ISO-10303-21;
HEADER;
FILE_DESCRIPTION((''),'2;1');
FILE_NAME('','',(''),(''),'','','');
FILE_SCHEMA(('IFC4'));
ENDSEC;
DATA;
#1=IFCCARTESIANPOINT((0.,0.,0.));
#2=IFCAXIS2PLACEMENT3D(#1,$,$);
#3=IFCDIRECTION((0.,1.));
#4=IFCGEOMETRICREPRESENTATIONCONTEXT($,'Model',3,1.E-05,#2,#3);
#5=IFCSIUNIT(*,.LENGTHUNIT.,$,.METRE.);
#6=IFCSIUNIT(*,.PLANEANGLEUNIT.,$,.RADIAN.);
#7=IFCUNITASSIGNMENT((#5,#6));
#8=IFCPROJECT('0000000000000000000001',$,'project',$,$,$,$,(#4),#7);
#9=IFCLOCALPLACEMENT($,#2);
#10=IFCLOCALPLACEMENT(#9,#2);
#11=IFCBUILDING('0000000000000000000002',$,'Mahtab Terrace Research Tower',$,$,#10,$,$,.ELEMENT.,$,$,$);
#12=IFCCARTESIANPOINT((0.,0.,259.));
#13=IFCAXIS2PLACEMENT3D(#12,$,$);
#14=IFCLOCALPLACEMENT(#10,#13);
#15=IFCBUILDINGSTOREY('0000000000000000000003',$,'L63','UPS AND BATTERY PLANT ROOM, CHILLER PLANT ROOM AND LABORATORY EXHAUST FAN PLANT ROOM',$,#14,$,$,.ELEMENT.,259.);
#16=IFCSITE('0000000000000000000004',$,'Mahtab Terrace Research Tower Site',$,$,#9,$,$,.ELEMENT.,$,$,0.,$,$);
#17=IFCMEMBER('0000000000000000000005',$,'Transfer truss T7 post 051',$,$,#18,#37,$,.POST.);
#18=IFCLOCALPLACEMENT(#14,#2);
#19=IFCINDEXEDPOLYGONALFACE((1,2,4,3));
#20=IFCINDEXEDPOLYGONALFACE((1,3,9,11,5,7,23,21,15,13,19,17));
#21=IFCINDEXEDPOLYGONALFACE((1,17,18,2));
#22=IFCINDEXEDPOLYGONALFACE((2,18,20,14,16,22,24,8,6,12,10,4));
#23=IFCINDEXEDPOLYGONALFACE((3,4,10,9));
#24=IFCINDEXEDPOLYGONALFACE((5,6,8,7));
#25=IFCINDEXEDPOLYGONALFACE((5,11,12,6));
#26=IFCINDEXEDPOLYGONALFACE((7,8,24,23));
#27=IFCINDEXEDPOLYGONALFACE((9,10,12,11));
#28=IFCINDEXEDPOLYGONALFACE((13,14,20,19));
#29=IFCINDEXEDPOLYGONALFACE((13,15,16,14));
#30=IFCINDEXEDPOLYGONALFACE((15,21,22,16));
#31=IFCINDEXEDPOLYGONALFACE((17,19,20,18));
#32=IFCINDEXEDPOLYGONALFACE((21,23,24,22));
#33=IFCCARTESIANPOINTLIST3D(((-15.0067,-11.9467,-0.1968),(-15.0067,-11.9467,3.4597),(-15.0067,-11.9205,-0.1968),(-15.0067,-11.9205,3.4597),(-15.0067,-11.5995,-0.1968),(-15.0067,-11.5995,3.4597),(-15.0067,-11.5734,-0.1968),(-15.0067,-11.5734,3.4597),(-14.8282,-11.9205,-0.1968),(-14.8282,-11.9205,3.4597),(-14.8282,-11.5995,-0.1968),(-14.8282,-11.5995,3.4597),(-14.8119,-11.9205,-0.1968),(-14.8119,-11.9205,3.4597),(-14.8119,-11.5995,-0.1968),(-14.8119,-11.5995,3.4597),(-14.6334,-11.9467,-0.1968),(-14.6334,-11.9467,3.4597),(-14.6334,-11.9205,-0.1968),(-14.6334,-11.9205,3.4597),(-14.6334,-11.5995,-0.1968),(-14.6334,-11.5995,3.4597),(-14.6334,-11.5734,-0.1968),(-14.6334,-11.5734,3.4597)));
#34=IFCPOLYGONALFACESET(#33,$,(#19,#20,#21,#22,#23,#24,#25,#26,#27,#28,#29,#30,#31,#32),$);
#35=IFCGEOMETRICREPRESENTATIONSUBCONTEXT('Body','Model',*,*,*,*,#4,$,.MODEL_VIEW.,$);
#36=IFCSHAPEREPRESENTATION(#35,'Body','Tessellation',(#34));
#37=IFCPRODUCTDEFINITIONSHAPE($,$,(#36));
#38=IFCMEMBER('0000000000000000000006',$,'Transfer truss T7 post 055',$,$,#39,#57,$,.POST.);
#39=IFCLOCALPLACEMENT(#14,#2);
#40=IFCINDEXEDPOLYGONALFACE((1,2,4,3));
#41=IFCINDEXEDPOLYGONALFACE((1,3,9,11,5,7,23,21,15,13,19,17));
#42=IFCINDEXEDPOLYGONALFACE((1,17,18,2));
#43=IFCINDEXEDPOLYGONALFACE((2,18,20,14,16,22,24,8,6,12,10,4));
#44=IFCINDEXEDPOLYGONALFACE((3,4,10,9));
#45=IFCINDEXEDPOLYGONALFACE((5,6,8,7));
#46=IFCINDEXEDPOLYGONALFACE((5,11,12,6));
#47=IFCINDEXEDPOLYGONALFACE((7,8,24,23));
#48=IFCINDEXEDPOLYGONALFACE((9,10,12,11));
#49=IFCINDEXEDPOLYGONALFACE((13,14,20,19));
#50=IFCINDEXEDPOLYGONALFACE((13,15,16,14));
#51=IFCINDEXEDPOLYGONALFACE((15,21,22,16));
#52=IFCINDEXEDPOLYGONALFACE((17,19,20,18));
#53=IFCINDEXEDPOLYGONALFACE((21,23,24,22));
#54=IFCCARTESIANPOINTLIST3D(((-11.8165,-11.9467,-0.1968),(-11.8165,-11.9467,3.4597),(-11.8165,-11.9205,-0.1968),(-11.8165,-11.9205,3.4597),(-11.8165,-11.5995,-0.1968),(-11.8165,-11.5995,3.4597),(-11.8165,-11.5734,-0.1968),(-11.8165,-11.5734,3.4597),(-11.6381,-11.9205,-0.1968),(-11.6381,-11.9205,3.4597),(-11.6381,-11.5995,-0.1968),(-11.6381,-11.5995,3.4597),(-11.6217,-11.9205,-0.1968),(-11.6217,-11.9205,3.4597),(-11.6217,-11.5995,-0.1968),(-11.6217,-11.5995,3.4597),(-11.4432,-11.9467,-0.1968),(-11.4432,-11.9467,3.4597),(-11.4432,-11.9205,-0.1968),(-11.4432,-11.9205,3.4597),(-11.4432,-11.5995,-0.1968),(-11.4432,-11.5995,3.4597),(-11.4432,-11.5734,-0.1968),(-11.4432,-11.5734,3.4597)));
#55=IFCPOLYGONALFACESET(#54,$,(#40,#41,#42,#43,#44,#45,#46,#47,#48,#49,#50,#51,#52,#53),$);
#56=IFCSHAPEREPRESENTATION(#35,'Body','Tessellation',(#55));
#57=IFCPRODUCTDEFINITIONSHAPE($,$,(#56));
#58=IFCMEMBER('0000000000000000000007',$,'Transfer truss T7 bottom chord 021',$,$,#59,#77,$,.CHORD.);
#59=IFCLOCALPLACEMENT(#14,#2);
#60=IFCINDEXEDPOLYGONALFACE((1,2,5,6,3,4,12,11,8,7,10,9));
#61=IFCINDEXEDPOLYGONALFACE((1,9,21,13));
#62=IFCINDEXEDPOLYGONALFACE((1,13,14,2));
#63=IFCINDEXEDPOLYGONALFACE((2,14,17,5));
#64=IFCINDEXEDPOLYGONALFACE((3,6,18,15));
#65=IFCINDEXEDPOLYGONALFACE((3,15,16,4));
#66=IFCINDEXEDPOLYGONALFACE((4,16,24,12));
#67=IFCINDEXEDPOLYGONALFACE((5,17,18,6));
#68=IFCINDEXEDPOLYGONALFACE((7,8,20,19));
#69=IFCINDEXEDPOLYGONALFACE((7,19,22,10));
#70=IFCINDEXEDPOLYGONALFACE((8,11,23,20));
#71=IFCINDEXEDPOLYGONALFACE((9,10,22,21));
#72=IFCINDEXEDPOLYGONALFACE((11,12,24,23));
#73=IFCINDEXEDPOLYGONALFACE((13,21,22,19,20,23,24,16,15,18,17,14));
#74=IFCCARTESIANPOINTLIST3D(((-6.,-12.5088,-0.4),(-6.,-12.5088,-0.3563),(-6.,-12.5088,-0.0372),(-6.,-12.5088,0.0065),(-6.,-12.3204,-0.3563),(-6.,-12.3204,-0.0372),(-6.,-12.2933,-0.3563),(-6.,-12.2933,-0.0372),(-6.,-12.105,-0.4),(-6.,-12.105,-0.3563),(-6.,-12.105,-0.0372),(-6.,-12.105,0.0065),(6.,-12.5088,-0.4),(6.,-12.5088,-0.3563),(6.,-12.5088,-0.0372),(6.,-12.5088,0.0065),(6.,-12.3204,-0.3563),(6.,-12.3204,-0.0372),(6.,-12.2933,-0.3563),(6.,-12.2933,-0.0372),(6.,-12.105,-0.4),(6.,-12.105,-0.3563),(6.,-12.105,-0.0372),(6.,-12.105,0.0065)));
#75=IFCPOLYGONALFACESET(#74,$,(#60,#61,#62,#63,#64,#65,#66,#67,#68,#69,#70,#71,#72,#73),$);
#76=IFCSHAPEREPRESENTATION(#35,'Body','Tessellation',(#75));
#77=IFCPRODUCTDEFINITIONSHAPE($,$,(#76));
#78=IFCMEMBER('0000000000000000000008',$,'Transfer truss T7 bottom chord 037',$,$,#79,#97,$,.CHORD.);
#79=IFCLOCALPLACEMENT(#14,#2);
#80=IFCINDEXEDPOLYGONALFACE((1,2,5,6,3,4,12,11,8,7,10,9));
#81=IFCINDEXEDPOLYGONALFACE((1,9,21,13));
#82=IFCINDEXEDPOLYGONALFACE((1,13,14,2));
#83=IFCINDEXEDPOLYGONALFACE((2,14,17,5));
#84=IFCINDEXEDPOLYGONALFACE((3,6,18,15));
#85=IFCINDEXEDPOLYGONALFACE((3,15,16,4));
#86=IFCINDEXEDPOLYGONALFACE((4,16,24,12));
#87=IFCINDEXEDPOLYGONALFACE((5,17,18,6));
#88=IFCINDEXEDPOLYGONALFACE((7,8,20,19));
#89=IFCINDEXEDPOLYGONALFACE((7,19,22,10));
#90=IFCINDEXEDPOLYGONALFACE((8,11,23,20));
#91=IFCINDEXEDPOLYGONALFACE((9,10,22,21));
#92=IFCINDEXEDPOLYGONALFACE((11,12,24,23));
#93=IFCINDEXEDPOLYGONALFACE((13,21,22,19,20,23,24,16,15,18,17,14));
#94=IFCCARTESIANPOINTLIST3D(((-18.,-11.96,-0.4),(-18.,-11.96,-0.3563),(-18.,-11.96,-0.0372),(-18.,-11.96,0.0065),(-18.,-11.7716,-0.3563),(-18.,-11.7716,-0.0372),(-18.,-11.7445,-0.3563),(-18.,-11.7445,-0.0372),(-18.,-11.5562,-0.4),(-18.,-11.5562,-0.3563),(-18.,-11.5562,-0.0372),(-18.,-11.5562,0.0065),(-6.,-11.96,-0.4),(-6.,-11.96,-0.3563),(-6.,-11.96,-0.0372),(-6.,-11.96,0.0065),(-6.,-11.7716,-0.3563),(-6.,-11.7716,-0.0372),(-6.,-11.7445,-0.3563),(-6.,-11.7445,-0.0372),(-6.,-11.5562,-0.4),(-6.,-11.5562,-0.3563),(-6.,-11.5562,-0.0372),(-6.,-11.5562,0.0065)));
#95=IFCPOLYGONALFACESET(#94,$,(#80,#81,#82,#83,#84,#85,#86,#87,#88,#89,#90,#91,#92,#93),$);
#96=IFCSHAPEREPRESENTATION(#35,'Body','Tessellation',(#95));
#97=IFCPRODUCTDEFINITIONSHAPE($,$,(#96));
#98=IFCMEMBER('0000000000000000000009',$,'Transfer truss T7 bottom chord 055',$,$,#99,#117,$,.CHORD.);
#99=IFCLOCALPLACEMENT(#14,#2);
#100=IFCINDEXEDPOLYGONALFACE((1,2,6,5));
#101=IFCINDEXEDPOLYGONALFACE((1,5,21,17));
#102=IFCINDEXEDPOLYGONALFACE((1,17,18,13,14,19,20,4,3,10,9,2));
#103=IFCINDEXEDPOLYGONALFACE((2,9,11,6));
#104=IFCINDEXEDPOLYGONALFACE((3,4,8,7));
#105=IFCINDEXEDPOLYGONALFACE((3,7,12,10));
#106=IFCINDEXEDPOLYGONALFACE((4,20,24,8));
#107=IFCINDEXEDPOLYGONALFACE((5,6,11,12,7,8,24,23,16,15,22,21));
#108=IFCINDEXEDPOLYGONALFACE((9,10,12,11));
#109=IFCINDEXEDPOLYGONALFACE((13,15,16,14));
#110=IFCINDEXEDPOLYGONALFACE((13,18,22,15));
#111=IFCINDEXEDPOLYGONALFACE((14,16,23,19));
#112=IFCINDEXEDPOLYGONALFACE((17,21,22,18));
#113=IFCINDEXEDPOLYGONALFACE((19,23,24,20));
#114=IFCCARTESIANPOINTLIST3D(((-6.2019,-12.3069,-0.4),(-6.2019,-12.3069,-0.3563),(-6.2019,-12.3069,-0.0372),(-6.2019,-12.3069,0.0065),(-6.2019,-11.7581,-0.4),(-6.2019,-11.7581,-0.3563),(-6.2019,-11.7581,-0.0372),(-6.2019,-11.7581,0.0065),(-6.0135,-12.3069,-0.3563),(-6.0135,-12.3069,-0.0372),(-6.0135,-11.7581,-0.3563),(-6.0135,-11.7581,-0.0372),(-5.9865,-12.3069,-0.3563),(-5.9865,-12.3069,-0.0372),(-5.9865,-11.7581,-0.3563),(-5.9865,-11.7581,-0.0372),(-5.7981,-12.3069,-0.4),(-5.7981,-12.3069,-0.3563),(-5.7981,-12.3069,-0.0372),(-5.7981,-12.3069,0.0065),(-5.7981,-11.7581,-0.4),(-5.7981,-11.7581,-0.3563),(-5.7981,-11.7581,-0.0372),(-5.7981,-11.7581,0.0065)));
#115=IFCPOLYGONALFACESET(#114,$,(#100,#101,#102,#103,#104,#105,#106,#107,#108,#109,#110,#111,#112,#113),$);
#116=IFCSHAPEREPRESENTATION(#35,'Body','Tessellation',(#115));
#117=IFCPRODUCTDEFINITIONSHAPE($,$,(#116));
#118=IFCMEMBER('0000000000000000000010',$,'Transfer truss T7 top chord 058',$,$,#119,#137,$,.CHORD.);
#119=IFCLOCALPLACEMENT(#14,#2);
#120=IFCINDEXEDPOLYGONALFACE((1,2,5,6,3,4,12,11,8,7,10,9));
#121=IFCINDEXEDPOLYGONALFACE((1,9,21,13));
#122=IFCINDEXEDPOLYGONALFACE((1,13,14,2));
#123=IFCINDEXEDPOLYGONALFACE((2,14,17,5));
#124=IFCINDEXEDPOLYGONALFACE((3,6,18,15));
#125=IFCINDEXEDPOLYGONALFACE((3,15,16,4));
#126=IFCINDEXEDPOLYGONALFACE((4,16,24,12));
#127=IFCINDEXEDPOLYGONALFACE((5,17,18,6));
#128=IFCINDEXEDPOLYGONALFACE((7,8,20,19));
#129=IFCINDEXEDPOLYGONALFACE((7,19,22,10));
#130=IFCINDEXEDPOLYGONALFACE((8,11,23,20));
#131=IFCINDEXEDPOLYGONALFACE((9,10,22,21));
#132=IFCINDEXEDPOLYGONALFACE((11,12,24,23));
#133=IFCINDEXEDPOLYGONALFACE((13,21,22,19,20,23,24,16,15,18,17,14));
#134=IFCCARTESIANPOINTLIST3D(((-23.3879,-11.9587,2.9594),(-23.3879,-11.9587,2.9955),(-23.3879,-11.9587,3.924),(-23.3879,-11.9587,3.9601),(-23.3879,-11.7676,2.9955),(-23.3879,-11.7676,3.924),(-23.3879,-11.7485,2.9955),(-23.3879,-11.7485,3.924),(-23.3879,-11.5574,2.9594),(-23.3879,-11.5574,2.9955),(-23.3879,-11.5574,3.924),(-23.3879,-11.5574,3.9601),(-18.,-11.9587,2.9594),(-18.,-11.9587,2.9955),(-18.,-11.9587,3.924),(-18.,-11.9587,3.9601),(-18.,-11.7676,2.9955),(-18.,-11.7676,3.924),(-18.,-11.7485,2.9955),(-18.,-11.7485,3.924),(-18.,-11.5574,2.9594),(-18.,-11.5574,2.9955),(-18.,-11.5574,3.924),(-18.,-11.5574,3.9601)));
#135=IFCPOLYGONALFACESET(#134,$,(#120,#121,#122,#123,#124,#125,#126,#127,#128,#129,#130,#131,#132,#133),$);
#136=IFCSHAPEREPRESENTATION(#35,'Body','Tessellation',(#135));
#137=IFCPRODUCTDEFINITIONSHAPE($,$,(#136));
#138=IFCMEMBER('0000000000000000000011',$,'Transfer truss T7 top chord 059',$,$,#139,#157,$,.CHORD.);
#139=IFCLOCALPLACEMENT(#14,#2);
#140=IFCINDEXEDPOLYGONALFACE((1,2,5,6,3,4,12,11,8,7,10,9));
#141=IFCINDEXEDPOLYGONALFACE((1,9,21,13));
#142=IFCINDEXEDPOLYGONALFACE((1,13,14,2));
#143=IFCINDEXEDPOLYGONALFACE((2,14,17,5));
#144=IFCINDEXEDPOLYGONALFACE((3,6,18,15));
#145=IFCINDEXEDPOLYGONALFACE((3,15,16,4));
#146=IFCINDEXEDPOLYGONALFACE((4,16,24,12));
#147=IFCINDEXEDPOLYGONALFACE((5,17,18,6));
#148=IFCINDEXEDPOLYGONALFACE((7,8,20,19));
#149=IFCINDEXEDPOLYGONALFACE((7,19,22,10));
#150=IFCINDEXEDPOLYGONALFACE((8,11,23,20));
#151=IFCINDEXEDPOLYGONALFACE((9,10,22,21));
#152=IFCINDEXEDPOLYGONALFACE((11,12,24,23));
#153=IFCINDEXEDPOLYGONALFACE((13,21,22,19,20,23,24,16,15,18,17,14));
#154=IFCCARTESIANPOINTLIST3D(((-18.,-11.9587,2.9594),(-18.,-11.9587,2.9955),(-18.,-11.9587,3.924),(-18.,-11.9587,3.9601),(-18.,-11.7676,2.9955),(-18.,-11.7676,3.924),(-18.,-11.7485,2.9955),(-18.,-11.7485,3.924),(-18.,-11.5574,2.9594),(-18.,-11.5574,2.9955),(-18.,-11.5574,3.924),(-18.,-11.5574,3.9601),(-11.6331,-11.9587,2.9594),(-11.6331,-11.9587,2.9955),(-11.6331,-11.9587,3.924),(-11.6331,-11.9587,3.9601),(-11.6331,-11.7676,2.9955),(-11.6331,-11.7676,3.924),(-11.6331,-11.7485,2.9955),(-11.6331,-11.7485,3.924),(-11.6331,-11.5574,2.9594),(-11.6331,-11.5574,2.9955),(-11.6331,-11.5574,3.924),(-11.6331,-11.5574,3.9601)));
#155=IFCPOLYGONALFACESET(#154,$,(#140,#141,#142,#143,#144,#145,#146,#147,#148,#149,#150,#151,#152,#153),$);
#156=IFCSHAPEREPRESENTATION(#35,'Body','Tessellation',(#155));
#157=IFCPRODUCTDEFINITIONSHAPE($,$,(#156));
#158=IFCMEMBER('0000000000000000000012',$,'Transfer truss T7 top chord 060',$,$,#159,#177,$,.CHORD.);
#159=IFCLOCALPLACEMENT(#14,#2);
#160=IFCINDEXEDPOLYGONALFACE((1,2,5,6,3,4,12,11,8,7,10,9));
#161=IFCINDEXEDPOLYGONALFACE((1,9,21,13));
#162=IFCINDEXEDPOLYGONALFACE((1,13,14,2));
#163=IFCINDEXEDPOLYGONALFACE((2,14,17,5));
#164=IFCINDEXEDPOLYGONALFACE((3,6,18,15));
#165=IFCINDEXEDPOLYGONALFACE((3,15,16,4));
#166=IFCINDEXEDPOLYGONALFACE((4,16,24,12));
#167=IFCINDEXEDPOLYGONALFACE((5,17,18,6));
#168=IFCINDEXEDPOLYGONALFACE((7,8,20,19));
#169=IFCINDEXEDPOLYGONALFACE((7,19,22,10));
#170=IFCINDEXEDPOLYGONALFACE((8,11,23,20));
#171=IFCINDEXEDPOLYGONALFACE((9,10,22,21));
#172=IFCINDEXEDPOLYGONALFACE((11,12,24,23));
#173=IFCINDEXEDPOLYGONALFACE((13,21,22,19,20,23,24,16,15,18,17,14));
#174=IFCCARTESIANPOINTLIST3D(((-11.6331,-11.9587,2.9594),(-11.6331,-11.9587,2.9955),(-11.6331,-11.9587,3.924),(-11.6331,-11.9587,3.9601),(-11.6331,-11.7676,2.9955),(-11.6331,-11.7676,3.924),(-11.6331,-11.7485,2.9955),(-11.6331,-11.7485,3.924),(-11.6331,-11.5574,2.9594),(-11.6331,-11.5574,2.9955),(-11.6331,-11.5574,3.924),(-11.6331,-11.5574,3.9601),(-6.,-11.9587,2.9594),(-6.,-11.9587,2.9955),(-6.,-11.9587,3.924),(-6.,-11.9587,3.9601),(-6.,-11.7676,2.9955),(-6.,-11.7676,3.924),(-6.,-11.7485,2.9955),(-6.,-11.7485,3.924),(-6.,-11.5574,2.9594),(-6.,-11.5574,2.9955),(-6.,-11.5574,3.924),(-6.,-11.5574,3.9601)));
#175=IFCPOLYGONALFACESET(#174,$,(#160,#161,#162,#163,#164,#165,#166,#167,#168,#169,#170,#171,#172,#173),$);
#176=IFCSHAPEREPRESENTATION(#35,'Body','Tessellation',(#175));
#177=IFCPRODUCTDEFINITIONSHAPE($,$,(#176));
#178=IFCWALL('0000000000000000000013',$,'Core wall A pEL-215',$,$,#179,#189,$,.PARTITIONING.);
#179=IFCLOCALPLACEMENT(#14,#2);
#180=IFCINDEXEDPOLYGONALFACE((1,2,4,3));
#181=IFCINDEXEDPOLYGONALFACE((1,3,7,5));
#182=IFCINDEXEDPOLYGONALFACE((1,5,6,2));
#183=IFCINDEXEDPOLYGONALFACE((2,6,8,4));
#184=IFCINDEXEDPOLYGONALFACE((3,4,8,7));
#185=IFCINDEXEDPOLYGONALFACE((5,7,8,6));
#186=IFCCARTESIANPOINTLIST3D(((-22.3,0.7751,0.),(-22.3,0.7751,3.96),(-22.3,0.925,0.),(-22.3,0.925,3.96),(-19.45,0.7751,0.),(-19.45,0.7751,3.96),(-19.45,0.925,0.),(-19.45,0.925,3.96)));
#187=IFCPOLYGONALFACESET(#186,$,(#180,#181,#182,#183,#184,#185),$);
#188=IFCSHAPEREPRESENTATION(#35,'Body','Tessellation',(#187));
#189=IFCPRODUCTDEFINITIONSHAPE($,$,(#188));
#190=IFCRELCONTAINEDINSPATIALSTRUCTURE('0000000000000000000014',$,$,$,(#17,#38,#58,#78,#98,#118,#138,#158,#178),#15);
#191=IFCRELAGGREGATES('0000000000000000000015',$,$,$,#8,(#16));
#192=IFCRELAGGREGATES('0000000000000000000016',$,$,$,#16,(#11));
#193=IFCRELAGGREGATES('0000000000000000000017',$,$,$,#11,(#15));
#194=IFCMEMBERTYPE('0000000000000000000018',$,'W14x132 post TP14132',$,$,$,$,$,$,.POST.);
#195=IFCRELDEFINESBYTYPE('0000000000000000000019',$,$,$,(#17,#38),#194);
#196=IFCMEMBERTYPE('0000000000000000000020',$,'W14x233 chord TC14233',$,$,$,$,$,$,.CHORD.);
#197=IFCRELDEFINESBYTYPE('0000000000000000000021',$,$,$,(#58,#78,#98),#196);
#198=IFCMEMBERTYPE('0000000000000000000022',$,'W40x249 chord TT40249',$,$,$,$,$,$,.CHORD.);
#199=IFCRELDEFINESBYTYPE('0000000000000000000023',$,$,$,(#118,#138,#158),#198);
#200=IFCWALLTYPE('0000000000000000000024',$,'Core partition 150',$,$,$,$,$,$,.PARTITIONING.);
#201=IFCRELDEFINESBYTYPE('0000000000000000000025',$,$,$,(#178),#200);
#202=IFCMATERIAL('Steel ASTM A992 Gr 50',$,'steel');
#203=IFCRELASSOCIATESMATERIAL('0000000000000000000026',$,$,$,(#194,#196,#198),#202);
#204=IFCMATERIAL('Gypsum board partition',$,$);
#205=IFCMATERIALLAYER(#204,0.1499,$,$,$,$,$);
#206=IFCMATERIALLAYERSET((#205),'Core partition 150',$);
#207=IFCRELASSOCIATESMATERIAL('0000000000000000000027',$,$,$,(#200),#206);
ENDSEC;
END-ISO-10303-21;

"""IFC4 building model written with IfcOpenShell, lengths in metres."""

from ifc_helpers import new_model, si_unit, direction, frame, frame_2d, origin, origin_2d, place, context, subcontext, project, spatial, rectangle, i_section, extrude, material, layer, layer_set, material_profile, profile_set, type_object, element, save


model = new_model("IFC4")

# Units and contexts
model_context = context("Model", 3, precision=1e-05, world=origin(), true_north=direction((0.0, 1.0)))
body_context = subcontext(model_context, "Body", "Model", "MODEL_VIEW")
ifc_project = project(units=[si_unit("LENGTHUNIT", "METRE"), si_unit("PLANEANGLEUNIT", "RADIAN")], contexts=[model_context])

# Site, building, storey
site_placement = place(None, origin())
site = spatial("IfcSite", under=ifc_project, at=site_placement, Name="Mahtab Terrace Research Tower Site", CompositionType="ELEMENT", RefElevation=0.0)
building_placement = place(site_placement, origin())
building = spatial("IfcBuilding", under=site, at=building_placement, Name="Mahtab Terrace Research Tower", CompositionType="ELEMENT")
storey_placement = place(building_placement, frame((0.0, 0.0, 259.0)))
storey = spatial("IfcBuildingStorey", under=building, at=storey_placement, Name="L63", Description="UPS AND BATTERY PLANT ROOM, CHILLER PLANT ROOM AND LABORATORY EXHAUST FAN PLANT ROOM", CompositionType="ELEMENT", Elevation=259.0)

# Shared definitions
ifc_material_1 = material(Name="Steel ASTM A992 Gr 50", Category="steel")

# Members
ifc_material_profile_1 = material_profile(ifc_material_1, i_section(OverallWidth=0.3733, OverallDepth=0.3733, WebThickness=0.0164, FlangeThickness=0.0261, at=origin_2d()), Name="W14X132")
ifc_profile_set_1 = profile_set([ifc_material_profile_1], Name="Steel ASTM A992 Gr 50")
member_type_1 = type_object("IfcMemberType", Name="W14x132 post TP14132", PredefinedType="POST", material=ifc_profile_set_1)
for number, where, z_axis, x_axis, name in (
    (1, (-14.8201, -11.76, -0.1968), (0.0, 0.0, 1.0), (1.0, 0.0, 0.0), "Transfer truss T7 post 051"),
    (2, (-11.6299, -11.76, -0.1968), (0.0, 0.0, 1.0), (1.0, 0.0, 0.0), "Transfer truss T7 post 055"),
):
    element("IfcMember", number, at=place(storey_placement, frame(where, z_axis=z_axis, x_axis=x_axis)), inside=storey, type_object=member_type_1, Name=name, PredefinedType="POST", context=body_context, shape_type="SweptSolid", body=[
        extrude(i_section(OverallWidth=0.3733, OverallDepth=0.3733, WebThickness=0.0164, FlangeThickness=0.0261, at=origin_2d()), origin(), (0.0, 0.0, 1.0), 3.6565),
    ])
ifc_material_profile_2 = material_profile(ifc_material_1, i_section(OverallWidth=0.4038, OverallDepth=0.4065, WebThickness=0.0271, FlangeThickness=0.0437, at=origin_2d()), Name="W14X233")
ifc_profile_set_2 = profile_set([ifc_material_profile_2], Name="Steel ASTM A992 Gr 50")
member_type_2 = type_object("IfcMemberType", Name="W14x233 chord TC14233", PredefinedType="CHORD", material=ifc_profile_set_2)
for number, where, z_axis, x_axis, name in (
    (3, (-6.0, -12.3069, -0.1968), (1.0, 0.0, 0.0), (0.0, 1.0, 0.0), "Transfer truss T7 bottom chord 021"),
    (4, (-18.0, -11.7581, -0.1968), (1.0, 0.0, 0.0), (0.0, 1.0, 0.0), "Transfer truss T7 bottom chord 037"),
):
    element("IfcMember", number, at=place(storey_placement, frame(where, z_axis=z_axis, x_axis=x_axis)), inside=storey, type_object=member_type_2, Name=name, PredefinedType="CHORD", context=body_context, shape_type="SweptSolid", body=[
        extrude(i_section(OverallWidth=0.4038, OverallDepth=0.4065, WebThickness=0.0271, FlangeThickness=0.0437, at=origin_2d()), origin(), (0.0, 0.0, 1.0), 12.0),
    ])
member_1_placement = place(storey_placement, frame((-6.0, -12.3069, -0.1968), z_axis=(0.0, 1.0, 0.0), x_axis=(-1.0, 0.0, 0.0)))
element("IfcMember", 5, at=member_1_placement, inside=storey, type_object=member_type_2, Name="Transfer truss T7 bottom chord 055", PredefinedType="CHORD", context=body_context, shape_type="SweptSolid", body=[
    extrude(i_section(OverallWidth=0.4038, OverallDepth=0.4065, WebThickness=0.0271, FlangeThickness=0.0437, at=origin_2d()), origin(), (0.0, 0.0, 1.0), 0.5488),
])
ifc_material_profile_3 = material_profile(ifc_material_1, i_section(OverallWidth=0.4014, OverallDepth=1.0007, WebThickness=0.019, FlangeThickness=0.0361, at=origin_2d()), Name="W40X249")
ifc_profile_set_3 = profile_set([ifc_material_profile_3], Name="Steel ASTM A992 Gr 50")
member_type_3 = type_object("IfcMemberType", Name="W40x249 chord TT40249", PredefinedType="CHORD", material=ifc_profile_set_3)
member_2_placement = place(storey_placement, frame((-23.3879, -11.7581, 3.4597), z_axis=(1.0, 0.0, 0.0), x_axis=(0.0, 1.0, 0.0)))
element("IfcMember", 6, at=member_2_placement, inside=storey, type_object=member_type_3, Name="Transfer truss T7 top chord 058", PredefinedType="CHORD", context=body_context, shape_type="SweptSolid", body=[
    extrude(i_section(OverallWidth=0.4014, OverallDepth=1.0007, WebThickness=0.019, FlangeThickness=0.0361, at=origin_2d()), origin(), (0.0, 0.0, 1.0), 5.3879),
])
member_3_placement = place(storey_placement, frame((-18.0, -11.7581, 3.4597), z_axis=(1.0, 0.0, 0.0), x_axis=(0.0, 1.0, 0.0)))
element("IfcMember", 7, at=member_3_placement, inside=storey, type_object=member_type_3, Name="Transfer truss T7 top chord 059", PredefinedType="CHORD", context=body_context, shape_type="SweptSolid", body=[
    extrude(i_section(OverallWidth=0.4014, OverallDepth=1.0007, WebThickness=0.019, FlangeThickness=0.0361, at=origin_2d()), origin(), (0.0, 0.0, 1.0), 6.3669),
])
member_4_placement = place(storey_placement, frame((-11.6331, -11.7581, 3.4597), z_axis=(1.0, 0.0, 0.0), x_axis=(0.0, 1.0, 0.0)))
element("IfcMember", 8, at=member_4_placement, inside=storey, type_object=member_type_3, Name="Transfer truss T7 top chord 060", PredefinedType="CHORD", context=body_context, shape_type="SweptSolid", body=[
    extrude(i_section(OverallWidth=0.4014, OverallDepth=1.0007, WebThickness=0.019, FlangeThickness=0.0361, at=origin_2d()), origin(), (0.0, 0.0, 1.0), 5.6331),
])

# Wall
ifc_material_2 = material(Name="Gypsum board partition")
ifc_layer_1 = layer(ifc_material_2, 0.1499)
ifc_layer_set_1 = layer_set([ifc_layer_1], Name="Core partition 150")
wall_type_1 = type_object("IfcWallType", Name="Core partition 150", PredefinedType="PARTITIONING", material=ifc_layer_set_1)
for number, where, z_axis, x_axis, name in (
    (9, (-22.3, 0.8501, 0.0), (0.0, 0.0, 1.0), (1.0, 0.0, 0.0), "Core wall A pEL-215"),
):
    element("IfcWall", number, at=place(storey_placement, frame(where, z_axis=z_axis, x_axis=x_axis)), inside=storey, type_object=wall_type_1, Name=name, PredefinedType="PARTITIONING", context=body_context, shape_type="SweptSolid", body=[
        extrude(rectangle(XDim=2.8501, YDim=0.1499, at=frame_2d((1.425, 0.0))), origin(), (0.0, 0.0, 1.0), 3.96),
    ])

save(model, "model.ifc")
